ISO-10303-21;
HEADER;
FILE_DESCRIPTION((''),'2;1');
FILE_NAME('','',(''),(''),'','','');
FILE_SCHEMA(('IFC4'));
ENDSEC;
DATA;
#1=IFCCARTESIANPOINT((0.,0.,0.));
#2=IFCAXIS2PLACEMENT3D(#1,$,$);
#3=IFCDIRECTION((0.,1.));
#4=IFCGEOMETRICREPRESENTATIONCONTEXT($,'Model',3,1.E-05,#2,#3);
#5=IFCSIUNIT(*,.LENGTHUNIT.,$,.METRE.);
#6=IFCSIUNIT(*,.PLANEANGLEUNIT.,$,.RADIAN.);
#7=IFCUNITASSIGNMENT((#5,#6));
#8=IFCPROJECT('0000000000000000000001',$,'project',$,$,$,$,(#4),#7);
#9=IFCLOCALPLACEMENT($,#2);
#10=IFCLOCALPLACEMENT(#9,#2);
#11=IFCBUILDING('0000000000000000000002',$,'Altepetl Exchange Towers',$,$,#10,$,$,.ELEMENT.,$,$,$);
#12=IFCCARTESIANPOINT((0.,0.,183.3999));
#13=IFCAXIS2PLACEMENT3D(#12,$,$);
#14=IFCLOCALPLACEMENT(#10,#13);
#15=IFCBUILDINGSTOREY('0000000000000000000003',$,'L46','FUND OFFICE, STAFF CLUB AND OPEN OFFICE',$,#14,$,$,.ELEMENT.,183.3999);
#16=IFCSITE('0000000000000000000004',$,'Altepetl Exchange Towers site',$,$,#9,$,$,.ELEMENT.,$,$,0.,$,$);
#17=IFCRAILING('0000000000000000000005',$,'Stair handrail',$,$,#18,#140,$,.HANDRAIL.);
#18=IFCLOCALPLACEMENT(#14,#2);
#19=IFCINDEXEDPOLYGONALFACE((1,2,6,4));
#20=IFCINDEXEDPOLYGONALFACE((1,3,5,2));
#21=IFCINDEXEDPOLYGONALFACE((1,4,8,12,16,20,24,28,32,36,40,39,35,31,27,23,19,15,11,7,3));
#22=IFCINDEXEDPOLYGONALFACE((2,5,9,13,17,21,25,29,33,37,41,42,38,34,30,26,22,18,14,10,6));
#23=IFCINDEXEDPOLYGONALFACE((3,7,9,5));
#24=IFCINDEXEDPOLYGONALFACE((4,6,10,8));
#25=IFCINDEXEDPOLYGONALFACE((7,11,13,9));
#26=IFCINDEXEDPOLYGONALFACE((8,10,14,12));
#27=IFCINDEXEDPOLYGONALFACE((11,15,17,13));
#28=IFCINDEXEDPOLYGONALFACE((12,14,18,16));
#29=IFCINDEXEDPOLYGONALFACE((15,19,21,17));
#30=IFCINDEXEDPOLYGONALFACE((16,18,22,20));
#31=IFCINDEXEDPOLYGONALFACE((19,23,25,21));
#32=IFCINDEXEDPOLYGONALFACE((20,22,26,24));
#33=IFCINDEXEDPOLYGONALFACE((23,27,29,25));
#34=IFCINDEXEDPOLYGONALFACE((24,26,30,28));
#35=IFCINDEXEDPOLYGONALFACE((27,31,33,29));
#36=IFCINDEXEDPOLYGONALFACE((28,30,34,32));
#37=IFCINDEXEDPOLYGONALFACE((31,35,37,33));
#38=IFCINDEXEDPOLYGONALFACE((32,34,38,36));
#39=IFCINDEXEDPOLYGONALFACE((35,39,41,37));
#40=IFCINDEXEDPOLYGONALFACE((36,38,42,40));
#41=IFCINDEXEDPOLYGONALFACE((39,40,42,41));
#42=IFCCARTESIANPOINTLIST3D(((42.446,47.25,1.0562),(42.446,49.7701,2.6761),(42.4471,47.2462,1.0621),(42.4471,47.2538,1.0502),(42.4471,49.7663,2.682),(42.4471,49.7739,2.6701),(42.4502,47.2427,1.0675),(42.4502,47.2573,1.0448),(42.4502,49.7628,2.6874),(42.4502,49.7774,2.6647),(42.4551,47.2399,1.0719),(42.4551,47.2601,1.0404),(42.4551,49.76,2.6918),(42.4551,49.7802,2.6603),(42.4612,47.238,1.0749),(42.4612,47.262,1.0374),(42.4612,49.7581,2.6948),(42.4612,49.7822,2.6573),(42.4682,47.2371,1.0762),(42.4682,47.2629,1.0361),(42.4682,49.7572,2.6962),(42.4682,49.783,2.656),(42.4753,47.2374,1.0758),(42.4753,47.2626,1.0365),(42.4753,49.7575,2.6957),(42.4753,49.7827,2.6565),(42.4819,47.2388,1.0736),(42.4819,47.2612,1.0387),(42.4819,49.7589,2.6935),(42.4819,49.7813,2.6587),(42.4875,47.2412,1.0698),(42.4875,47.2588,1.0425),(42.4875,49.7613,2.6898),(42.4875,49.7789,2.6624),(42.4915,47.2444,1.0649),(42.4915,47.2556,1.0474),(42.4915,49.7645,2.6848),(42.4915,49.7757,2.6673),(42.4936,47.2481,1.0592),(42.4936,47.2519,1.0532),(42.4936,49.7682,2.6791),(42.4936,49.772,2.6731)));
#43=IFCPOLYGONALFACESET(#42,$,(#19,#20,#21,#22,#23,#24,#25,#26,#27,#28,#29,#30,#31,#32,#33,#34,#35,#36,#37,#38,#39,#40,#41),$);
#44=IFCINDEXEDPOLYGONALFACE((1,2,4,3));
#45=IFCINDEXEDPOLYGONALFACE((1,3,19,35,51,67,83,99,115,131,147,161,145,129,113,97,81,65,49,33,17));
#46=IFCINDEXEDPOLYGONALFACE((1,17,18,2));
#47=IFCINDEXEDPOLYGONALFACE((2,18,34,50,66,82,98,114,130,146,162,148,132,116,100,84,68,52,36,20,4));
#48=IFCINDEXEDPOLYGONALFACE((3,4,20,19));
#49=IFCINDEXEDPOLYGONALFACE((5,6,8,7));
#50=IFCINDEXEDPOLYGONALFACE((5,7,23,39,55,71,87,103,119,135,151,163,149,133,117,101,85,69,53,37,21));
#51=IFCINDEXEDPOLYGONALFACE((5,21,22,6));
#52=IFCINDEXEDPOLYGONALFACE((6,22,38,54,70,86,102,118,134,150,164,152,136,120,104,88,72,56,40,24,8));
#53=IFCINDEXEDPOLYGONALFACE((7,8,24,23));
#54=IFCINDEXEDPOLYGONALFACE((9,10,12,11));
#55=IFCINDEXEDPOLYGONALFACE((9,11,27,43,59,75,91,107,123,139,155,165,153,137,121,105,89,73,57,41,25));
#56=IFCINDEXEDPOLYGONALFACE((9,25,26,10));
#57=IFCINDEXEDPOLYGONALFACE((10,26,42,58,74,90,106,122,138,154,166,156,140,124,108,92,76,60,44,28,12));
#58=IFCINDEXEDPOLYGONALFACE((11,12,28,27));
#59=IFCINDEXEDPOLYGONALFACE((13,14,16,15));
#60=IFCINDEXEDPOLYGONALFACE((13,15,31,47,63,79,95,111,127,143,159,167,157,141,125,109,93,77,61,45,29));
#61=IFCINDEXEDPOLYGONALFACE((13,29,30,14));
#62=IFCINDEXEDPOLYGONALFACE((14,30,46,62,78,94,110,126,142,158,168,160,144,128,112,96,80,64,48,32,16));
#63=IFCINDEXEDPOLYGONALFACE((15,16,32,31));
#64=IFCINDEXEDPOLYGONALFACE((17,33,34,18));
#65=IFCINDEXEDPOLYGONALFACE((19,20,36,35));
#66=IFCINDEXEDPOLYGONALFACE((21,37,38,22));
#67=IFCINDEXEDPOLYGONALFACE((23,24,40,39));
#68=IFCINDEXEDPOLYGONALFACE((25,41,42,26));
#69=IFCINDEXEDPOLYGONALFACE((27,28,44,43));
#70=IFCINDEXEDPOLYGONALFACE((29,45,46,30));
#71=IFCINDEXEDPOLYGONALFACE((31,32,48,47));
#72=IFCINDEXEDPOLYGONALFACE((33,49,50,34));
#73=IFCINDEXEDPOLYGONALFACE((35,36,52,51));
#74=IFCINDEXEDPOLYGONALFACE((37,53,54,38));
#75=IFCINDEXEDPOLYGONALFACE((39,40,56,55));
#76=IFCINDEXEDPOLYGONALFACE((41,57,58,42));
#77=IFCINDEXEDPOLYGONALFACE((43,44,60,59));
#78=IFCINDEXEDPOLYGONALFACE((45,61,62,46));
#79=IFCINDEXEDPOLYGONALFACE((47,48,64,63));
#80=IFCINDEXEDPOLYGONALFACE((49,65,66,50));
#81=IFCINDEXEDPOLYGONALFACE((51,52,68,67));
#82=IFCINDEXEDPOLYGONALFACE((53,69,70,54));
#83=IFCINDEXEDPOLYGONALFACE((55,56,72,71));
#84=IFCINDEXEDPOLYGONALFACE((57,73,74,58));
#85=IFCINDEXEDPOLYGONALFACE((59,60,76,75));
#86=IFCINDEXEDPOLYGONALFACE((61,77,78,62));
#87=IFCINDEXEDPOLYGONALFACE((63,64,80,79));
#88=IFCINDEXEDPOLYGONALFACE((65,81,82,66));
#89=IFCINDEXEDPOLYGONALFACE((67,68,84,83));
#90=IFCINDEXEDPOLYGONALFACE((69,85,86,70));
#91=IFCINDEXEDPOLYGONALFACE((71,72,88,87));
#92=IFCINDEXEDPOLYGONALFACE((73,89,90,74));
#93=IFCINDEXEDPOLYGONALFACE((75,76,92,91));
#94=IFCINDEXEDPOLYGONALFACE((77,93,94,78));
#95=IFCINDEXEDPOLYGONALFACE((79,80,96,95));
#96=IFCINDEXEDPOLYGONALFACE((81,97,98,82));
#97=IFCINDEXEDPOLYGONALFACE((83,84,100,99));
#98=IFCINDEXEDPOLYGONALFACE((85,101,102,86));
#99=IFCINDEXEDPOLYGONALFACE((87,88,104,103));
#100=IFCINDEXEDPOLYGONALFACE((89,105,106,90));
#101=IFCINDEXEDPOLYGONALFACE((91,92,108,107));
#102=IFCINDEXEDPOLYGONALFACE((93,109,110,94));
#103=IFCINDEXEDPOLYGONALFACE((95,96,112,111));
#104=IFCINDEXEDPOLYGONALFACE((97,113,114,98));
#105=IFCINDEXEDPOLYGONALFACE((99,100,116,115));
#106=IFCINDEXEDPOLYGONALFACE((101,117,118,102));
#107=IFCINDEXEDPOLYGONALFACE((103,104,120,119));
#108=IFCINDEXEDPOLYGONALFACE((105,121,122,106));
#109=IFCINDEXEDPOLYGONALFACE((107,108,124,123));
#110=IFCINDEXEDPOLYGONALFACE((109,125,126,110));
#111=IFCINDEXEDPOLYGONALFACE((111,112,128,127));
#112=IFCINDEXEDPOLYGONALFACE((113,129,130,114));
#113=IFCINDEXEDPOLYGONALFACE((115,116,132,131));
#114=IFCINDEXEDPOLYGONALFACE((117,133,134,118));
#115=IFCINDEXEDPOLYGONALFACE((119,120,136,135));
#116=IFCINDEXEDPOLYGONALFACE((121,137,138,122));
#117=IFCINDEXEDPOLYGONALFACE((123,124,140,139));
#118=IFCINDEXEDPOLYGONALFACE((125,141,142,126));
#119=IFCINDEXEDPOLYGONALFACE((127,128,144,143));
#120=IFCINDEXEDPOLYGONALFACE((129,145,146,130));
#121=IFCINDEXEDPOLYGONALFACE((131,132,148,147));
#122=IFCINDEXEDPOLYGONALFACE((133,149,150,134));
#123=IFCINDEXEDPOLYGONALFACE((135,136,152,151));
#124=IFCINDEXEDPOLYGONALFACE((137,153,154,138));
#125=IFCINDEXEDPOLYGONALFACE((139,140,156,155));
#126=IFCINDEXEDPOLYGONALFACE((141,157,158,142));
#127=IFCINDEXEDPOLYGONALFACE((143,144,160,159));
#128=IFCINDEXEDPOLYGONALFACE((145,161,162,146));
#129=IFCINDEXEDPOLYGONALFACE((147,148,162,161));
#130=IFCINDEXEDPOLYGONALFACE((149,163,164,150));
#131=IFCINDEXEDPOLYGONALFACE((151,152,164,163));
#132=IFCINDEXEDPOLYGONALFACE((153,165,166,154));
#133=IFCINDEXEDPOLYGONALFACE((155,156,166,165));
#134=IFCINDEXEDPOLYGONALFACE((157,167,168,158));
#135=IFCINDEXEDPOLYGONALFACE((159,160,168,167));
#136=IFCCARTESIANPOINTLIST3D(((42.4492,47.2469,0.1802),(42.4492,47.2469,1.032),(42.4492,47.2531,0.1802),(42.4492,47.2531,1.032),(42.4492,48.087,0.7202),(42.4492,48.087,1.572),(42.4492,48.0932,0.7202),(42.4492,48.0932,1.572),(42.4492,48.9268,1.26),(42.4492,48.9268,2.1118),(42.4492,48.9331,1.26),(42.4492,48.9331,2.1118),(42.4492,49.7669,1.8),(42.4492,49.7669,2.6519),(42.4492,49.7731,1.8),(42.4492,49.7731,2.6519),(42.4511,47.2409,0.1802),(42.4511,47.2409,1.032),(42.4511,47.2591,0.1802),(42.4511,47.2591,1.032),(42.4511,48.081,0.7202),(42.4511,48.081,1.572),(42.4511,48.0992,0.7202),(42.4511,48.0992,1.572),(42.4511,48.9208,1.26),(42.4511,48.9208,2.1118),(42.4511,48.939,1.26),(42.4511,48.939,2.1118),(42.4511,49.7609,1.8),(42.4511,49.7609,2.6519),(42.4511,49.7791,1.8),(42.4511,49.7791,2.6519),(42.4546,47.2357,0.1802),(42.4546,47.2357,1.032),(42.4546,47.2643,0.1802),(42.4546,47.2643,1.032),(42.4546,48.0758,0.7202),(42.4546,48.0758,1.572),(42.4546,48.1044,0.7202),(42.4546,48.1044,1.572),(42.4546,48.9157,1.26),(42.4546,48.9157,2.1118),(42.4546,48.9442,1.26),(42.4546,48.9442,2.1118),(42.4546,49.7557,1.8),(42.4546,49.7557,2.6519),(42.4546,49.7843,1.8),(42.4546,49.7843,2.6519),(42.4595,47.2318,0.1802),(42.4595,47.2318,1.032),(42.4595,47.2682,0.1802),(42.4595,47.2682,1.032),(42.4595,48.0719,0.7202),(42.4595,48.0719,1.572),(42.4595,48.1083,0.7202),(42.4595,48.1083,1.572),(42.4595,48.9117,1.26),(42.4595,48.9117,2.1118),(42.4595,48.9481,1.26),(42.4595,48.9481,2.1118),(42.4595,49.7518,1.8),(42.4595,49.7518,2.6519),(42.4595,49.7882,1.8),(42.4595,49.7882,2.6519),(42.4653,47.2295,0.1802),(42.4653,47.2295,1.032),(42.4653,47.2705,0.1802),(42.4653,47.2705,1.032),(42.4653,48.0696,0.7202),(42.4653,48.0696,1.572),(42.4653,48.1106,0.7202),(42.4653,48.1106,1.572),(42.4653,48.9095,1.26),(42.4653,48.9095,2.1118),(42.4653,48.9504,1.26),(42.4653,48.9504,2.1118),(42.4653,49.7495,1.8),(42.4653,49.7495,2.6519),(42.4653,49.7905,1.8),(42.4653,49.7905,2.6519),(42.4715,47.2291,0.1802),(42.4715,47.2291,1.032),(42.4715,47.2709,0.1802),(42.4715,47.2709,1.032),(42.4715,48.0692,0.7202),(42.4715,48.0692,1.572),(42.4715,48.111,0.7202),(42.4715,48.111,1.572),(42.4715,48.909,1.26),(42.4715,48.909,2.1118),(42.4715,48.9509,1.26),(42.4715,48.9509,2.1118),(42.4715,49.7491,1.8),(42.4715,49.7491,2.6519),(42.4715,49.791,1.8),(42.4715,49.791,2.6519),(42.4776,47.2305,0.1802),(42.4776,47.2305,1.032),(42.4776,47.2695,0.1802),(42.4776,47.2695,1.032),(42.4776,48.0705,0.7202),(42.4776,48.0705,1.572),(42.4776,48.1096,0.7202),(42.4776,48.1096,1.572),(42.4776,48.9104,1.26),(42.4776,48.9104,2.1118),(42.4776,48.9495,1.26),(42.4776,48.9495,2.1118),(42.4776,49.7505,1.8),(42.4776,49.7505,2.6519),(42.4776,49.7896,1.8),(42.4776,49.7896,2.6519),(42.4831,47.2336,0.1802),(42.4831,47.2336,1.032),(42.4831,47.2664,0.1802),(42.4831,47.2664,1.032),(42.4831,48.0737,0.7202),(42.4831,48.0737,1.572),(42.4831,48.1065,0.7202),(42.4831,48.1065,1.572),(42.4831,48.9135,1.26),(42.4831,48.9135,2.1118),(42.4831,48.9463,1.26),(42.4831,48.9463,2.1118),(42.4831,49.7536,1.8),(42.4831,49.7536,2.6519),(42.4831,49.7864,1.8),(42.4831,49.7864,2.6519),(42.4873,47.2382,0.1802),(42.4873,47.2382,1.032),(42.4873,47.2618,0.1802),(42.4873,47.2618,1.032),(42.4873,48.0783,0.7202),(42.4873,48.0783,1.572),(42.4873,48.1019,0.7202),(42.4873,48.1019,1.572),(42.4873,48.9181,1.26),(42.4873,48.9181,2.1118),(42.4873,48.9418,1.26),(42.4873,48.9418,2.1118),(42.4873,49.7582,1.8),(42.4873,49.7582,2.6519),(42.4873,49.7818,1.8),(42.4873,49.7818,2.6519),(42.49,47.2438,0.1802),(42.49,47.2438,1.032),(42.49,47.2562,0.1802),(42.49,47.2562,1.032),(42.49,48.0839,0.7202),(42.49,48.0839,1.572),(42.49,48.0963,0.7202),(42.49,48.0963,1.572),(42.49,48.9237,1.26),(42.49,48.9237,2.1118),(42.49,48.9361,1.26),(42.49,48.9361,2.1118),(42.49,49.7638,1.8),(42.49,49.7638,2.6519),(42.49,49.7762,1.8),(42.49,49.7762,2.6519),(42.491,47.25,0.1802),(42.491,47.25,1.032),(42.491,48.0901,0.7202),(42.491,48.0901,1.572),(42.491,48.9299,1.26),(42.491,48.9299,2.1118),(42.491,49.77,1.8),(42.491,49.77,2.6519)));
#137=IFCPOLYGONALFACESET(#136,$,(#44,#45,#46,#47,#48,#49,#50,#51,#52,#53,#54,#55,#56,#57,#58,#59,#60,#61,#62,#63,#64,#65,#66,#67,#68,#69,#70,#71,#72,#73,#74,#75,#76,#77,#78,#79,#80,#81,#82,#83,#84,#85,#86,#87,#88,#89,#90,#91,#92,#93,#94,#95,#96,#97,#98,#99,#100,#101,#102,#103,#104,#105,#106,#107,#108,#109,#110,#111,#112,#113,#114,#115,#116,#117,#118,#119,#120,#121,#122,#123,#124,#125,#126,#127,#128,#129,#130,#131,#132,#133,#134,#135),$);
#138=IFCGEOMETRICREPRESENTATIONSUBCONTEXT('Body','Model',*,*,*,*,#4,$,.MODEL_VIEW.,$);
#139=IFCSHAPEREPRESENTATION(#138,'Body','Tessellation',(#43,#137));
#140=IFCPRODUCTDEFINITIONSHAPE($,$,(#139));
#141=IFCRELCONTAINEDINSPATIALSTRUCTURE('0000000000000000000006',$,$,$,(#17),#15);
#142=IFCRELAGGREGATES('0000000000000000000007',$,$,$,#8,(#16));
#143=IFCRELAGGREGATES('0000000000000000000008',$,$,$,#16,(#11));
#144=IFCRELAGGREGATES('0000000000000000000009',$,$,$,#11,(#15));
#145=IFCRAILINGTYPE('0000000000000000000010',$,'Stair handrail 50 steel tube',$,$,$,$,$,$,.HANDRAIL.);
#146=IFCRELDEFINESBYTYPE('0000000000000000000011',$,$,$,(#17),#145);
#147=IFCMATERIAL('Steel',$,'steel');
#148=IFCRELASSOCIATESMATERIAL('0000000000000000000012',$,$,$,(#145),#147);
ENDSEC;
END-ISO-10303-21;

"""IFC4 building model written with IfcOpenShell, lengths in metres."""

from ifc_helpers import new_model, si_unit, direction, frame, origin, origin_2d, place, context, subcontext, project, spatial, circle, extrude, source, transform, mapped, material, type_object, element, save


model = new_model("IFC4")

# Units and contexts
model_context = context("Model", 3, precision=1e-05, world=origin(), true_north=direction((0.0, 1.0)))
body_context = subcontext(model_context, "Body", "Model", "MODEL_VIEW")
ifc_project = project(units=[si_unit("LENGTHUNIT", "METRE"), si_unit("PLANEANGLEUNIT", "RADIAN")], contexts=[model_context])

# Site, building, storey
site_placement = place(None, origin())
site = spatial("IfcSite", under=ifc_project, at=site_placement, Name="Altepetl Exchange Towers site", CompositionType="ELEMENT", RefElevation=0.0)
building_placement = place(site_placement, origin())
building = spatial("IfcBuilding", under=site, at=building_placement, Name="Altepetl Exchange Towers", CompositionType="ELEMENT")
storey_placement = place(building_placement, frame((0.0, 0.0, 183.3999)))
storey = spatial("IfcBuildingStorey", under=building, at=storey_placement, Name="L46", Description="FUND OFFICE, STAFF CLUB AND OPEN OFFICE", CompositionType="ELEMENT", Elevation=183.3999)

# Railing
ifc_material_1 = material(Name="Steel", Category="steel")
railing_type = type_object("IfcRailingType", Name="Stair handrail 50 steel tube", PredefinedType="HANDRAIL", material=ifc_material_1)
shared_shape = source(origin(), body_context, "Body", "SweptSolid", [
    extrude(circle(Radius=0.021, at=origin_2d()), origin(), (0.0, 0.0, 1.0), 0.8518),
])
railing_1_placement = place(storey_placement, frame((42.47, 47.25, 0.1802)))
element("IfcRailing", 1, at=railing_1_placement, inside=storey, type_object=railing_type, Name="Stair handrail", PredefinedType="HANDRAIL", context=body_context, shape_type="SweptSolid", body=[
    extrude(circle(Radius=0.0239, at=origin_2d()), frame((0.0, 0.0, 0.876), z_axis=(0.0, 0.8412, 0.540725), x_axis=(-1.0, 0.0, 0.0)), (0.0, 0.0, 1.0), 2.9958),
    mapped(shared_shape, transform((0.0, 0.0, 0.0))),
    mapped(shared_shape, transform((0.0, 0.8401, 0.54))),
    mapped(shared_shape, transform((0.0, 1.6799, 1.0798))),
    mapped(shared_shape, transform((0.0, 2.52, 1.6199))),
])

save(model, "model.ifc")
